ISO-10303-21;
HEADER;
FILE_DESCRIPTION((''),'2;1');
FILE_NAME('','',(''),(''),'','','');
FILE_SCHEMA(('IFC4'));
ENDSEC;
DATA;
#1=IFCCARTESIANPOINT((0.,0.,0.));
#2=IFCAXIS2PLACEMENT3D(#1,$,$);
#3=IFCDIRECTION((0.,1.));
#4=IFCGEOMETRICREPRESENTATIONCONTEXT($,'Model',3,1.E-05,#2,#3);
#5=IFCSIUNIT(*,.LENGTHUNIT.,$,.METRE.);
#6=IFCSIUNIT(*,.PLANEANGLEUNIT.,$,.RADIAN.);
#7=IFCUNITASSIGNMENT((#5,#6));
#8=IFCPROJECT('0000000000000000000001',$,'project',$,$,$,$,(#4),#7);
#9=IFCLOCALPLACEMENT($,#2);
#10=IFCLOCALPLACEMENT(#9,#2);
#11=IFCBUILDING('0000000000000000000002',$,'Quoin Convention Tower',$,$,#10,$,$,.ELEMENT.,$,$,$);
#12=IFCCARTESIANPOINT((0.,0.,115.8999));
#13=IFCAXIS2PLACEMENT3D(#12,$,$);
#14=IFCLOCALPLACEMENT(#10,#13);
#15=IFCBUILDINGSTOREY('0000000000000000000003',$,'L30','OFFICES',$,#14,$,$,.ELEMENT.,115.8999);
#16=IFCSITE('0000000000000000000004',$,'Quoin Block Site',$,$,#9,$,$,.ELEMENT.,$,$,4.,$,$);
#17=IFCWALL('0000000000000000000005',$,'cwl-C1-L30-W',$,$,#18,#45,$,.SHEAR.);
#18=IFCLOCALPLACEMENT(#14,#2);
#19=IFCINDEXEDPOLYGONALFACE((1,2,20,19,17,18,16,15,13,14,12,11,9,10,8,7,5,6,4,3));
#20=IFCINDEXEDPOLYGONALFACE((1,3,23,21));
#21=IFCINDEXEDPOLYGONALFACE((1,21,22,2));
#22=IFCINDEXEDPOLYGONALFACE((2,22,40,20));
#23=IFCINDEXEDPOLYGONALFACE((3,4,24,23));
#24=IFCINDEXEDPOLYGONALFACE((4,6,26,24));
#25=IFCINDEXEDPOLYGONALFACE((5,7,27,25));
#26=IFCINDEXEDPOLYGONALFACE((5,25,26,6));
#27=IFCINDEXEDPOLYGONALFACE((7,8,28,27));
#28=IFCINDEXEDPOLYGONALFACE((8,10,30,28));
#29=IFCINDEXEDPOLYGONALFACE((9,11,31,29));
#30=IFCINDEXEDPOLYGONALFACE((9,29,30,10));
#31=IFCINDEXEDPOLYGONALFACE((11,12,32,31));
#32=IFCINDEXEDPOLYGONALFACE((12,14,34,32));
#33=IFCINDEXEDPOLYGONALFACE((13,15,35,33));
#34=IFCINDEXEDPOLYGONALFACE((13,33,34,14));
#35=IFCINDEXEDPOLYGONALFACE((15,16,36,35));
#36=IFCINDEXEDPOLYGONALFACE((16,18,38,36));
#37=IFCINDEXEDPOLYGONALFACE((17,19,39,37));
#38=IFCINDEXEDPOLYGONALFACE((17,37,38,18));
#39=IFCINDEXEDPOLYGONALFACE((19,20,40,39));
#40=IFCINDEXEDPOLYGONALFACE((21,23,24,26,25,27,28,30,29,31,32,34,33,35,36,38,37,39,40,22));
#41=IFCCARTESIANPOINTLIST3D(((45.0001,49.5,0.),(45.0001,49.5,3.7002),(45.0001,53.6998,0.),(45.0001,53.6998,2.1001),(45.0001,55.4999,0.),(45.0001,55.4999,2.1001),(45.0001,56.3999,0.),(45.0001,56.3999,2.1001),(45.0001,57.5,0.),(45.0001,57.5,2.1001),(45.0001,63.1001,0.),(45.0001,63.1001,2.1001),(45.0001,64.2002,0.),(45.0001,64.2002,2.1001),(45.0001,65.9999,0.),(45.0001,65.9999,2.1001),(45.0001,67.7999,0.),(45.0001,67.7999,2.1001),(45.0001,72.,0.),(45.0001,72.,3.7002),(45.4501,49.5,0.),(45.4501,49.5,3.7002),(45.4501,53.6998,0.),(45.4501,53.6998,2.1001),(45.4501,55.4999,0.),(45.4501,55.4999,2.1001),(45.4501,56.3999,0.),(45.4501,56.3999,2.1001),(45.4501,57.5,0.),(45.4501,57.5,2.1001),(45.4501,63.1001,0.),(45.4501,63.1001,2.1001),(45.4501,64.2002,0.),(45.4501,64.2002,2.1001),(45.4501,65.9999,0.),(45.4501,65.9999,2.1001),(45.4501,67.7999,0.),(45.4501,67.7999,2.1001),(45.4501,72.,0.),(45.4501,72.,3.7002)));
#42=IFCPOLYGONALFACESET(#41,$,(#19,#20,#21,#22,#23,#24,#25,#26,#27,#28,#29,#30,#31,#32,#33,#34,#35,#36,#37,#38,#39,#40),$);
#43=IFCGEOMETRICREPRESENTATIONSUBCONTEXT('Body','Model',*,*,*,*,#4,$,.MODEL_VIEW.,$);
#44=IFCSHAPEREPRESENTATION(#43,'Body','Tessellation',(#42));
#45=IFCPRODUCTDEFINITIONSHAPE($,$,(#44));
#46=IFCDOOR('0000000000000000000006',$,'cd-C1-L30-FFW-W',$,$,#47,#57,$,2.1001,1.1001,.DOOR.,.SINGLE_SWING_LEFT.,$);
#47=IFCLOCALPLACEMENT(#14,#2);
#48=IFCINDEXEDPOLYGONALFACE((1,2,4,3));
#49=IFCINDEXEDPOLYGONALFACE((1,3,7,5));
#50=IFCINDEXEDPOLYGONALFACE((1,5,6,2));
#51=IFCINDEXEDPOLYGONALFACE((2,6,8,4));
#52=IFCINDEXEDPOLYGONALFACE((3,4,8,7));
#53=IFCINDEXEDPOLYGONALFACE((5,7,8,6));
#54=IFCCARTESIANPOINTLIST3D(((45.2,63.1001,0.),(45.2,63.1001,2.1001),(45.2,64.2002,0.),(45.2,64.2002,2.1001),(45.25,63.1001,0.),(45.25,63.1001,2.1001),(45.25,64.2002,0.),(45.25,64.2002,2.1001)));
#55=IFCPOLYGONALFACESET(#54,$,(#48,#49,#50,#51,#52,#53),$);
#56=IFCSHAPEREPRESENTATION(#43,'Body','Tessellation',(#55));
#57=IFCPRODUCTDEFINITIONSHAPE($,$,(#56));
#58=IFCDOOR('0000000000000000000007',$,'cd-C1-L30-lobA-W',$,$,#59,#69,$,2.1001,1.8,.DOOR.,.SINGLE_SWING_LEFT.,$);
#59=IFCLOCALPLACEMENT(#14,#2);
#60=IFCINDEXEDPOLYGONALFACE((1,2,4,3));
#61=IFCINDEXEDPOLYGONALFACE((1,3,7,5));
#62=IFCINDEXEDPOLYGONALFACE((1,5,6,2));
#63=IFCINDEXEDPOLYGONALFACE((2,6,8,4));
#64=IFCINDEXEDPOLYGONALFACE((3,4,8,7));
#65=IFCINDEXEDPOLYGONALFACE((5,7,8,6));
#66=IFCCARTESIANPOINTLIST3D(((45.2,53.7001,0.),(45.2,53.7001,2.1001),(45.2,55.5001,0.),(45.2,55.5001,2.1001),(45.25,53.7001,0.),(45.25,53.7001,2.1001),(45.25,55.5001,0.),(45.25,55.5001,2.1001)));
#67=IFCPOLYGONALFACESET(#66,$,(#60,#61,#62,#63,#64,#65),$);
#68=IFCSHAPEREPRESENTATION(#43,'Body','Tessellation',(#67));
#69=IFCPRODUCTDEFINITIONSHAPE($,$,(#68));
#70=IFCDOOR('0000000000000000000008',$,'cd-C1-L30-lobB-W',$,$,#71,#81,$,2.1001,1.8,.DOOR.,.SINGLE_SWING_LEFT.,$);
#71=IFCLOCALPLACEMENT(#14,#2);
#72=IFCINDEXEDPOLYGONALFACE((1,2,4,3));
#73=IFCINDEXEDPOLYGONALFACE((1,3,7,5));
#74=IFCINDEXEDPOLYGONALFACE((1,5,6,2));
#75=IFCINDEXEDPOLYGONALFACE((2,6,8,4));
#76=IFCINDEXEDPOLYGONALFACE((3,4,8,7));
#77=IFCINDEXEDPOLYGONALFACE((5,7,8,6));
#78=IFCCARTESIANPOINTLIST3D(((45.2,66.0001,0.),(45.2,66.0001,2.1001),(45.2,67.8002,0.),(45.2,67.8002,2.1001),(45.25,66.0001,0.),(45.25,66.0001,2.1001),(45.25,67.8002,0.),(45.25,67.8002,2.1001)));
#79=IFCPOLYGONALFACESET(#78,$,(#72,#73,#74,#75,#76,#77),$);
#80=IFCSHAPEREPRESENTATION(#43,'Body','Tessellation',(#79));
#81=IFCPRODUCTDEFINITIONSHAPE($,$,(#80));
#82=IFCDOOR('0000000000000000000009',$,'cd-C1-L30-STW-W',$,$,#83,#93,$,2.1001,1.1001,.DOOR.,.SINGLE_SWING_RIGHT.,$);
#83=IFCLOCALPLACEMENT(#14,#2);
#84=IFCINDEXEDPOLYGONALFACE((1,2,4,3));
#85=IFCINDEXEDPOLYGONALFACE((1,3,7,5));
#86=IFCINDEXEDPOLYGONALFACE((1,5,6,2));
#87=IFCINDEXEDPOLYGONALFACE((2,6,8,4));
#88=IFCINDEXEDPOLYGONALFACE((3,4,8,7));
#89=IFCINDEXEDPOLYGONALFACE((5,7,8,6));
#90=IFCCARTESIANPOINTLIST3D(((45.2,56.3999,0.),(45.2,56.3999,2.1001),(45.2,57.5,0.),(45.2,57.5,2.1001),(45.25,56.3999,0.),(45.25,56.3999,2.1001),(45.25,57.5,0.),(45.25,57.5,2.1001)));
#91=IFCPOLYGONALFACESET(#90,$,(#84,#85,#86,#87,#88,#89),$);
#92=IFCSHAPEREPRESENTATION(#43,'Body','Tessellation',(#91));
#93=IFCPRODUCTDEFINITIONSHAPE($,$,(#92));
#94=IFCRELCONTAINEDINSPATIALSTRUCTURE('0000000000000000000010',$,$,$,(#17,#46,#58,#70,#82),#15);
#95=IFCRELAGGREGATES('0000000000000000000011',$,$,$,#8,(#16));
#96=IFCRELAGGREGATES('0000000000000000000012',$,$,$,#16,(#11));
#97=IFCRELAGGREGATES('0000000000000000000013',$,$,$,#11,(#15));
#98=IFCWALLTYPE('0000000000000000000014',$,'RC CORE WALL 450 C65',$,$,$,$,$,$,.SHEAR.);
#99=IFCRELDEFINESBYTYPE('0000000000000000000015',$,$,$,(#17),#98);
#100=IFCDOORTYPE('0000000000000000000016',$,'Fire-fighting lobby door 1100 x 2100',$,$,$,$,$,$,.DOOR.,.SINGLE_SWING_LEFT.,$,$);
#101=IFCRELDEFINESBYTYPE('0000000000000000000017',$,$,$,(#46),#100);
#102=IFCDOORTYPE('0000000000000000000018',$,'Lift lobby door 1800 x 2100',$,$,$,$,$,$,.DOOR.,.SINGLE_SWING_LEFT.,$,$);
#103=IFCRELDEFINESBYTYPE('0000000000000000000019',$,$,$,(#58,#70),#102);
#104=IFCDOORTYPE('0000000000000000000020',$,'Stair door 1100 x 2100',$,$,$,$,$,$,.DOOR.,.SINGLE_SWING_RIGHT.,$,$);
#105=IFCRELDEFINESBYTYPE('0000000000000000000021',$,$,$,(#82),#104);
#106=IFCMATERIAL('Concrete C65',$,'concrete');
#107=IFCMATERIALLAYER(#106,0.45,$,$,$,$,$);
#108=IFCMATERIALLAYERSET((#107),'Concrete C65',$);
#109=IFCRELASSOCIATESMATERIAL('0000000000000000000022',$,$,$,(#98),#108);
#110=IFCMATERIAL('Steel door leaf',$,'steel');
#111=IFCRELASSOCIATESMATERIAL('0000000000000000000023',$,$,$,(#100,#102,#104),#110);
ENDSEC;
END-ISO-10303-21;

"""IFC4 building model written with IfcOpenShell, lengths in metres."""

from ifc_helpers import new_model, si_unit, direction, frame, frame_2d, origin, place, context, subcontext, project, spatial, rectangle, extrude, material, layer, layer_set, type_object, element, fill, save


model = new_model("IFC4")

# Units and contexts
model_context = context("Model", 3, precision=1e-05, world=origin(), true_north=direction((0.0, 1.0)))
body_context = subcontext(model_context, "Body", "Model", "MODEL_VIEW")
ifc_project = project(units=[si_unit("LENGTHUNIT", "METRE"), si_unit("PLANEANGLEUNIT", "RADIAN")], contexts=[model_context])

# Site, building, storey
site_placement = place(None, origin())
site = spatial("IfcSite", under=ifc_project, at=site_placement, Name="Quoin Block Site", CompositionType="ELEMENT", RefElevation=4.0)
building_placement = place(site_placement, origin())
building = spatial("IfcBuilding", under=site, at=building_placement, Name="Quoin Convention Tower", CompositionType="ELEMENT")
storey_placement = place(building_placement, frame((0.0, 0.0, 115.8999)))
storey = spatial("IfcBuildingStorey", under=building, at=storey_placement, Name="L30", Description="OFFICES", CompositionType="ELEMENT", Elevation=115.8999)

# Shared definitions
ifc_material_1 = material(Name="Steel door leaf", Category="steel")

# Shared definitions
ifc_material_2 = material(Name="Concrete C65", Category="concrete")
ifc_layer_1 = layer(ifc_material_2, 0.45)
ifc_layer_set_1 = layer_set([ifc_layer_1], Name="Concrete C65")
wall_type_1 = type_object("IfcWallType", Name="RC CORE WALL 450 C65", PredefinedType="SHEAR", material=ifc_layer_set_1)

# Wall, openings, doors
wall_1_placement = place(storey_placement, frame((45.2251, 49.5, 0.0), z_axis=(0.0, 0.0, 1.0), x_axis=(0.0, 1.0, 0.0)))
wall_1 = element("IfcWall", 1, at=wall_1_placement, inside=storey, type_object=wall_type_1, Name="cwl-C1-L30-W", PredefinedType="SHEAR", context=body_context, shape_type="SweptSolid", body=[
    extrude(rectangle(XDim=22.5, YDim=0.45, at=frame_2d((11.25, 0.0))), origin(), (0.0, 0.0, 1.0), 3.7002),
])
opening_1_placement = place(wall_1_placement, frame((4.2, 0.0, 0.0)))
opening_1 = element("IfcOpeningElement", 2, at=opening_1_placement, cuts=wall_1, PredefinedType="OPENING", context=body_context, shape_type="SweptSolid", body=[
    extrude(rectangle(XDim=1.8, YDim=2.1001, at=frame_2d((0.8999, 1.05))), frame((0.0, 0.2349, 0.0), z_axis=(0.0, -1.0, 0.0), x_axis=(1.0, 0.0, 0.0)), (0.0, 0.0, 1.0), 0.47),
])
opening_2_placement = place(wall_1_placement, frame((6.8999, 0.0, 0.0)))
opening_2 = element("IfcOpeningElement", 3, at=opening_2_placement, cuts=wall_1, PredefinedType="OPENING", context=body_context, shape_type="SweptSolid", body=[
    extrude(rectangle(XDim=1.1001, YDim=2.1001, at=frame_2d((0.55, 1.05))), frame((0.0, 0.2349, 0.0), z_axis=(0.0, -1.0, 0.0), x_axis=(1.0, 0.0, 0.0)), (0.0, 0.0, 1.0), 0.47),
])
opening_3_placement = place(wall_1_placement, frame((13.6001, 0.0, 0.0)))
opening_3 = element("IfcOpeningElement", 4, at=opening_3_placement, cuts=wall_1, PredefinedType="OPENING", context=body_context, shape_type="SweptSolid", body=[
    extrude(rectangle(XDim=1.1001, YDim=2.1001, at=frame_2d((0.55, 1.05))), frame((0.0, 0.2349, 0.0), z_axis=(0.0, -1.0, 0.0), x_axis=(1.0, 0.0, 0.0)), (0.0, 0.0, 1.0), 0.47),
])
opening_4_placement = place(wall_1_placement, frame((16.5, 0.0, 0.0)))
opening_4 = element("IfcOpeningElement", 5, at=opening_4_placement, cuts=wall_1, PredefinedType="OPENING", context=body_context, shape_type="SweptSolid", body=[
    extrude(rectangle(XDim=1.8, YDim=2.1001, at=frame_2d((0.8999, 1.05))), frame((0.0, 0.2349, 0.0), z_axis=(0.0, -1.0, 0.0), x_axis=(1.0, 0.0, 0.0)), (0.0, 0.0, 1.0), 0.47),
])
door_type_1 = type_object("IfcDoorType", Name="Fire-fighting lobby door 1100 x 2100", OperationType="SINGLE_SWING_LEFT", PredefinedType="DOOR", material=ifc_material_1)
door_1_placement = place(opening_3_placement, frame((1.1001, 0.0, 0.0), z_axis=(0.0, 0.0, 1.0), x_axis=(-1.0, 0.0, 0.0)))
door_1 = element("IfcDoor", 6, at=door_1_placement, inside=storey, type_object=door_type_1, Name="cd-C1-L30-FFW-W", OperationType="SINGLE_SWING_LEFT", OverallHeight=2.1001, OverallWidth=1.1001, PredefinedType="DOOR", context=body_context, shape_type="SweptSolid", body=[
    extrude(rectangle(XDim=1.1001, YDim=2.1001, at=frame_2d((0.55, 1.05))), frame((0.0, 0.0249, 0.0), z_axis=(0.0, -1.0, 0.0), x_axis=(1.0, 0.0, 0.0)), (0.0, 0.0, 1.0), 0.05),
])
fill(opening_3, door_1)
door_type_2 = type_object("IfcDoorType", Name="Lift lobby door 1800 x 2100", OperationType="SINGLE_SWING_LEFT", PredefinedType="DOOR", material=ifc_material_1)
door_2_placement = place(opening_1_placement, frame((1.8, 0.0, 0.0), z_axis=(0.0, 0.0, 1.0), x_axis=(-1.0, 0.0, 0.0)))
door_2 = element("IfcDoor", 7, at=door_2_placement, inside=storey, type_object=door_type_2, Name="cd-C1-L30-lobA-W", OperationType="SINGLE_SWING_LEFT", OverallHeight=2.1001, OverallWidth=1.8, PredefinedType="DOOR", context=body_context, shape_type="SweptSolid", body=[
    extrude(rectangle(XDim=1.8, YDim=2.1001, at=frame_2d((0.8999, 1.05))), frame((0.0, 0.0249, 0.0), z_axis=(0.0, -1.0, 0.0), x_axis=(1.0, 0.0, 0.0)), (0.0, 0.0, 1.0), 0.05),
])
fill(opening_1, door_2)
door_3_placement = place(opening_4_placement, frame((1.8, 0.0, 0.0), z_axis=(0.0, 0.0, 1.0), x_axis=(-1.0, 0.0, 0.0)))
door_3 = element("IfcDoor", 8, at=door_3_placement, inside=storey, type_object=door_type_2, Name="cd-C1-L30-lobB-W", OperationType="SINGLE_SWING_LEFT", OverallHeight=2.1001, OverallWidth=1.8, PredefinedType="DOOR", context=body_context, shape_type="SweptSolid", body=[
    extrude(rectangle(XDim=1.8, YDim=2.1001, at=frame_2d((0.8999, 1.05))), frame((0.0, 0.0249, 0.0), z_axis=(0.0, -1.0, 0.0), x_axis=(1.0, 0.0, 0.0)), (0.0, 0.0, 1.0), 0.05),
])
fill(opening_4, door_3)
door_type_3 = type_object("IfcDoorType", Name="Stair door 1100 x 2100", OperationType="SINGLE_SWING_RIGHT", PredefinedType="DOOR", material=ifc_material_1)
door_4_placement = place(opening_2_placement, frame((1.1001, 0.0, 0.0), z_axis=(0.0, 0.0, 1.0), x_axis=(-1.0, 0.0, 0.0)))
door_4 = element("IfcDoor", 9, at=door_4_placement, inside=storey, type_object=door_type_3, Name="cd-C1-L30-STW-W", OperationType="SINGLE_SWING_RIGHT", OverallHeight=2.1001, OverallWidth=1.1001, PredefinedType="DOOR", context=body_context, shape_type="SweptSolid", body=[
    extrude(rectangle(XDim=1.1001, YDim=2.1001, at=frame_2d((0.55, 1.05))), frame((0.0, 0.0249, 0.0), z_axis=(0.0, -1.0, 0.0), x_axis=(1.0, 0.0, 0.0)), (0.0, 0.0, 1.0), 0.05),
])
fill(opening_2, door_4)

save(model, "model.ifc")
